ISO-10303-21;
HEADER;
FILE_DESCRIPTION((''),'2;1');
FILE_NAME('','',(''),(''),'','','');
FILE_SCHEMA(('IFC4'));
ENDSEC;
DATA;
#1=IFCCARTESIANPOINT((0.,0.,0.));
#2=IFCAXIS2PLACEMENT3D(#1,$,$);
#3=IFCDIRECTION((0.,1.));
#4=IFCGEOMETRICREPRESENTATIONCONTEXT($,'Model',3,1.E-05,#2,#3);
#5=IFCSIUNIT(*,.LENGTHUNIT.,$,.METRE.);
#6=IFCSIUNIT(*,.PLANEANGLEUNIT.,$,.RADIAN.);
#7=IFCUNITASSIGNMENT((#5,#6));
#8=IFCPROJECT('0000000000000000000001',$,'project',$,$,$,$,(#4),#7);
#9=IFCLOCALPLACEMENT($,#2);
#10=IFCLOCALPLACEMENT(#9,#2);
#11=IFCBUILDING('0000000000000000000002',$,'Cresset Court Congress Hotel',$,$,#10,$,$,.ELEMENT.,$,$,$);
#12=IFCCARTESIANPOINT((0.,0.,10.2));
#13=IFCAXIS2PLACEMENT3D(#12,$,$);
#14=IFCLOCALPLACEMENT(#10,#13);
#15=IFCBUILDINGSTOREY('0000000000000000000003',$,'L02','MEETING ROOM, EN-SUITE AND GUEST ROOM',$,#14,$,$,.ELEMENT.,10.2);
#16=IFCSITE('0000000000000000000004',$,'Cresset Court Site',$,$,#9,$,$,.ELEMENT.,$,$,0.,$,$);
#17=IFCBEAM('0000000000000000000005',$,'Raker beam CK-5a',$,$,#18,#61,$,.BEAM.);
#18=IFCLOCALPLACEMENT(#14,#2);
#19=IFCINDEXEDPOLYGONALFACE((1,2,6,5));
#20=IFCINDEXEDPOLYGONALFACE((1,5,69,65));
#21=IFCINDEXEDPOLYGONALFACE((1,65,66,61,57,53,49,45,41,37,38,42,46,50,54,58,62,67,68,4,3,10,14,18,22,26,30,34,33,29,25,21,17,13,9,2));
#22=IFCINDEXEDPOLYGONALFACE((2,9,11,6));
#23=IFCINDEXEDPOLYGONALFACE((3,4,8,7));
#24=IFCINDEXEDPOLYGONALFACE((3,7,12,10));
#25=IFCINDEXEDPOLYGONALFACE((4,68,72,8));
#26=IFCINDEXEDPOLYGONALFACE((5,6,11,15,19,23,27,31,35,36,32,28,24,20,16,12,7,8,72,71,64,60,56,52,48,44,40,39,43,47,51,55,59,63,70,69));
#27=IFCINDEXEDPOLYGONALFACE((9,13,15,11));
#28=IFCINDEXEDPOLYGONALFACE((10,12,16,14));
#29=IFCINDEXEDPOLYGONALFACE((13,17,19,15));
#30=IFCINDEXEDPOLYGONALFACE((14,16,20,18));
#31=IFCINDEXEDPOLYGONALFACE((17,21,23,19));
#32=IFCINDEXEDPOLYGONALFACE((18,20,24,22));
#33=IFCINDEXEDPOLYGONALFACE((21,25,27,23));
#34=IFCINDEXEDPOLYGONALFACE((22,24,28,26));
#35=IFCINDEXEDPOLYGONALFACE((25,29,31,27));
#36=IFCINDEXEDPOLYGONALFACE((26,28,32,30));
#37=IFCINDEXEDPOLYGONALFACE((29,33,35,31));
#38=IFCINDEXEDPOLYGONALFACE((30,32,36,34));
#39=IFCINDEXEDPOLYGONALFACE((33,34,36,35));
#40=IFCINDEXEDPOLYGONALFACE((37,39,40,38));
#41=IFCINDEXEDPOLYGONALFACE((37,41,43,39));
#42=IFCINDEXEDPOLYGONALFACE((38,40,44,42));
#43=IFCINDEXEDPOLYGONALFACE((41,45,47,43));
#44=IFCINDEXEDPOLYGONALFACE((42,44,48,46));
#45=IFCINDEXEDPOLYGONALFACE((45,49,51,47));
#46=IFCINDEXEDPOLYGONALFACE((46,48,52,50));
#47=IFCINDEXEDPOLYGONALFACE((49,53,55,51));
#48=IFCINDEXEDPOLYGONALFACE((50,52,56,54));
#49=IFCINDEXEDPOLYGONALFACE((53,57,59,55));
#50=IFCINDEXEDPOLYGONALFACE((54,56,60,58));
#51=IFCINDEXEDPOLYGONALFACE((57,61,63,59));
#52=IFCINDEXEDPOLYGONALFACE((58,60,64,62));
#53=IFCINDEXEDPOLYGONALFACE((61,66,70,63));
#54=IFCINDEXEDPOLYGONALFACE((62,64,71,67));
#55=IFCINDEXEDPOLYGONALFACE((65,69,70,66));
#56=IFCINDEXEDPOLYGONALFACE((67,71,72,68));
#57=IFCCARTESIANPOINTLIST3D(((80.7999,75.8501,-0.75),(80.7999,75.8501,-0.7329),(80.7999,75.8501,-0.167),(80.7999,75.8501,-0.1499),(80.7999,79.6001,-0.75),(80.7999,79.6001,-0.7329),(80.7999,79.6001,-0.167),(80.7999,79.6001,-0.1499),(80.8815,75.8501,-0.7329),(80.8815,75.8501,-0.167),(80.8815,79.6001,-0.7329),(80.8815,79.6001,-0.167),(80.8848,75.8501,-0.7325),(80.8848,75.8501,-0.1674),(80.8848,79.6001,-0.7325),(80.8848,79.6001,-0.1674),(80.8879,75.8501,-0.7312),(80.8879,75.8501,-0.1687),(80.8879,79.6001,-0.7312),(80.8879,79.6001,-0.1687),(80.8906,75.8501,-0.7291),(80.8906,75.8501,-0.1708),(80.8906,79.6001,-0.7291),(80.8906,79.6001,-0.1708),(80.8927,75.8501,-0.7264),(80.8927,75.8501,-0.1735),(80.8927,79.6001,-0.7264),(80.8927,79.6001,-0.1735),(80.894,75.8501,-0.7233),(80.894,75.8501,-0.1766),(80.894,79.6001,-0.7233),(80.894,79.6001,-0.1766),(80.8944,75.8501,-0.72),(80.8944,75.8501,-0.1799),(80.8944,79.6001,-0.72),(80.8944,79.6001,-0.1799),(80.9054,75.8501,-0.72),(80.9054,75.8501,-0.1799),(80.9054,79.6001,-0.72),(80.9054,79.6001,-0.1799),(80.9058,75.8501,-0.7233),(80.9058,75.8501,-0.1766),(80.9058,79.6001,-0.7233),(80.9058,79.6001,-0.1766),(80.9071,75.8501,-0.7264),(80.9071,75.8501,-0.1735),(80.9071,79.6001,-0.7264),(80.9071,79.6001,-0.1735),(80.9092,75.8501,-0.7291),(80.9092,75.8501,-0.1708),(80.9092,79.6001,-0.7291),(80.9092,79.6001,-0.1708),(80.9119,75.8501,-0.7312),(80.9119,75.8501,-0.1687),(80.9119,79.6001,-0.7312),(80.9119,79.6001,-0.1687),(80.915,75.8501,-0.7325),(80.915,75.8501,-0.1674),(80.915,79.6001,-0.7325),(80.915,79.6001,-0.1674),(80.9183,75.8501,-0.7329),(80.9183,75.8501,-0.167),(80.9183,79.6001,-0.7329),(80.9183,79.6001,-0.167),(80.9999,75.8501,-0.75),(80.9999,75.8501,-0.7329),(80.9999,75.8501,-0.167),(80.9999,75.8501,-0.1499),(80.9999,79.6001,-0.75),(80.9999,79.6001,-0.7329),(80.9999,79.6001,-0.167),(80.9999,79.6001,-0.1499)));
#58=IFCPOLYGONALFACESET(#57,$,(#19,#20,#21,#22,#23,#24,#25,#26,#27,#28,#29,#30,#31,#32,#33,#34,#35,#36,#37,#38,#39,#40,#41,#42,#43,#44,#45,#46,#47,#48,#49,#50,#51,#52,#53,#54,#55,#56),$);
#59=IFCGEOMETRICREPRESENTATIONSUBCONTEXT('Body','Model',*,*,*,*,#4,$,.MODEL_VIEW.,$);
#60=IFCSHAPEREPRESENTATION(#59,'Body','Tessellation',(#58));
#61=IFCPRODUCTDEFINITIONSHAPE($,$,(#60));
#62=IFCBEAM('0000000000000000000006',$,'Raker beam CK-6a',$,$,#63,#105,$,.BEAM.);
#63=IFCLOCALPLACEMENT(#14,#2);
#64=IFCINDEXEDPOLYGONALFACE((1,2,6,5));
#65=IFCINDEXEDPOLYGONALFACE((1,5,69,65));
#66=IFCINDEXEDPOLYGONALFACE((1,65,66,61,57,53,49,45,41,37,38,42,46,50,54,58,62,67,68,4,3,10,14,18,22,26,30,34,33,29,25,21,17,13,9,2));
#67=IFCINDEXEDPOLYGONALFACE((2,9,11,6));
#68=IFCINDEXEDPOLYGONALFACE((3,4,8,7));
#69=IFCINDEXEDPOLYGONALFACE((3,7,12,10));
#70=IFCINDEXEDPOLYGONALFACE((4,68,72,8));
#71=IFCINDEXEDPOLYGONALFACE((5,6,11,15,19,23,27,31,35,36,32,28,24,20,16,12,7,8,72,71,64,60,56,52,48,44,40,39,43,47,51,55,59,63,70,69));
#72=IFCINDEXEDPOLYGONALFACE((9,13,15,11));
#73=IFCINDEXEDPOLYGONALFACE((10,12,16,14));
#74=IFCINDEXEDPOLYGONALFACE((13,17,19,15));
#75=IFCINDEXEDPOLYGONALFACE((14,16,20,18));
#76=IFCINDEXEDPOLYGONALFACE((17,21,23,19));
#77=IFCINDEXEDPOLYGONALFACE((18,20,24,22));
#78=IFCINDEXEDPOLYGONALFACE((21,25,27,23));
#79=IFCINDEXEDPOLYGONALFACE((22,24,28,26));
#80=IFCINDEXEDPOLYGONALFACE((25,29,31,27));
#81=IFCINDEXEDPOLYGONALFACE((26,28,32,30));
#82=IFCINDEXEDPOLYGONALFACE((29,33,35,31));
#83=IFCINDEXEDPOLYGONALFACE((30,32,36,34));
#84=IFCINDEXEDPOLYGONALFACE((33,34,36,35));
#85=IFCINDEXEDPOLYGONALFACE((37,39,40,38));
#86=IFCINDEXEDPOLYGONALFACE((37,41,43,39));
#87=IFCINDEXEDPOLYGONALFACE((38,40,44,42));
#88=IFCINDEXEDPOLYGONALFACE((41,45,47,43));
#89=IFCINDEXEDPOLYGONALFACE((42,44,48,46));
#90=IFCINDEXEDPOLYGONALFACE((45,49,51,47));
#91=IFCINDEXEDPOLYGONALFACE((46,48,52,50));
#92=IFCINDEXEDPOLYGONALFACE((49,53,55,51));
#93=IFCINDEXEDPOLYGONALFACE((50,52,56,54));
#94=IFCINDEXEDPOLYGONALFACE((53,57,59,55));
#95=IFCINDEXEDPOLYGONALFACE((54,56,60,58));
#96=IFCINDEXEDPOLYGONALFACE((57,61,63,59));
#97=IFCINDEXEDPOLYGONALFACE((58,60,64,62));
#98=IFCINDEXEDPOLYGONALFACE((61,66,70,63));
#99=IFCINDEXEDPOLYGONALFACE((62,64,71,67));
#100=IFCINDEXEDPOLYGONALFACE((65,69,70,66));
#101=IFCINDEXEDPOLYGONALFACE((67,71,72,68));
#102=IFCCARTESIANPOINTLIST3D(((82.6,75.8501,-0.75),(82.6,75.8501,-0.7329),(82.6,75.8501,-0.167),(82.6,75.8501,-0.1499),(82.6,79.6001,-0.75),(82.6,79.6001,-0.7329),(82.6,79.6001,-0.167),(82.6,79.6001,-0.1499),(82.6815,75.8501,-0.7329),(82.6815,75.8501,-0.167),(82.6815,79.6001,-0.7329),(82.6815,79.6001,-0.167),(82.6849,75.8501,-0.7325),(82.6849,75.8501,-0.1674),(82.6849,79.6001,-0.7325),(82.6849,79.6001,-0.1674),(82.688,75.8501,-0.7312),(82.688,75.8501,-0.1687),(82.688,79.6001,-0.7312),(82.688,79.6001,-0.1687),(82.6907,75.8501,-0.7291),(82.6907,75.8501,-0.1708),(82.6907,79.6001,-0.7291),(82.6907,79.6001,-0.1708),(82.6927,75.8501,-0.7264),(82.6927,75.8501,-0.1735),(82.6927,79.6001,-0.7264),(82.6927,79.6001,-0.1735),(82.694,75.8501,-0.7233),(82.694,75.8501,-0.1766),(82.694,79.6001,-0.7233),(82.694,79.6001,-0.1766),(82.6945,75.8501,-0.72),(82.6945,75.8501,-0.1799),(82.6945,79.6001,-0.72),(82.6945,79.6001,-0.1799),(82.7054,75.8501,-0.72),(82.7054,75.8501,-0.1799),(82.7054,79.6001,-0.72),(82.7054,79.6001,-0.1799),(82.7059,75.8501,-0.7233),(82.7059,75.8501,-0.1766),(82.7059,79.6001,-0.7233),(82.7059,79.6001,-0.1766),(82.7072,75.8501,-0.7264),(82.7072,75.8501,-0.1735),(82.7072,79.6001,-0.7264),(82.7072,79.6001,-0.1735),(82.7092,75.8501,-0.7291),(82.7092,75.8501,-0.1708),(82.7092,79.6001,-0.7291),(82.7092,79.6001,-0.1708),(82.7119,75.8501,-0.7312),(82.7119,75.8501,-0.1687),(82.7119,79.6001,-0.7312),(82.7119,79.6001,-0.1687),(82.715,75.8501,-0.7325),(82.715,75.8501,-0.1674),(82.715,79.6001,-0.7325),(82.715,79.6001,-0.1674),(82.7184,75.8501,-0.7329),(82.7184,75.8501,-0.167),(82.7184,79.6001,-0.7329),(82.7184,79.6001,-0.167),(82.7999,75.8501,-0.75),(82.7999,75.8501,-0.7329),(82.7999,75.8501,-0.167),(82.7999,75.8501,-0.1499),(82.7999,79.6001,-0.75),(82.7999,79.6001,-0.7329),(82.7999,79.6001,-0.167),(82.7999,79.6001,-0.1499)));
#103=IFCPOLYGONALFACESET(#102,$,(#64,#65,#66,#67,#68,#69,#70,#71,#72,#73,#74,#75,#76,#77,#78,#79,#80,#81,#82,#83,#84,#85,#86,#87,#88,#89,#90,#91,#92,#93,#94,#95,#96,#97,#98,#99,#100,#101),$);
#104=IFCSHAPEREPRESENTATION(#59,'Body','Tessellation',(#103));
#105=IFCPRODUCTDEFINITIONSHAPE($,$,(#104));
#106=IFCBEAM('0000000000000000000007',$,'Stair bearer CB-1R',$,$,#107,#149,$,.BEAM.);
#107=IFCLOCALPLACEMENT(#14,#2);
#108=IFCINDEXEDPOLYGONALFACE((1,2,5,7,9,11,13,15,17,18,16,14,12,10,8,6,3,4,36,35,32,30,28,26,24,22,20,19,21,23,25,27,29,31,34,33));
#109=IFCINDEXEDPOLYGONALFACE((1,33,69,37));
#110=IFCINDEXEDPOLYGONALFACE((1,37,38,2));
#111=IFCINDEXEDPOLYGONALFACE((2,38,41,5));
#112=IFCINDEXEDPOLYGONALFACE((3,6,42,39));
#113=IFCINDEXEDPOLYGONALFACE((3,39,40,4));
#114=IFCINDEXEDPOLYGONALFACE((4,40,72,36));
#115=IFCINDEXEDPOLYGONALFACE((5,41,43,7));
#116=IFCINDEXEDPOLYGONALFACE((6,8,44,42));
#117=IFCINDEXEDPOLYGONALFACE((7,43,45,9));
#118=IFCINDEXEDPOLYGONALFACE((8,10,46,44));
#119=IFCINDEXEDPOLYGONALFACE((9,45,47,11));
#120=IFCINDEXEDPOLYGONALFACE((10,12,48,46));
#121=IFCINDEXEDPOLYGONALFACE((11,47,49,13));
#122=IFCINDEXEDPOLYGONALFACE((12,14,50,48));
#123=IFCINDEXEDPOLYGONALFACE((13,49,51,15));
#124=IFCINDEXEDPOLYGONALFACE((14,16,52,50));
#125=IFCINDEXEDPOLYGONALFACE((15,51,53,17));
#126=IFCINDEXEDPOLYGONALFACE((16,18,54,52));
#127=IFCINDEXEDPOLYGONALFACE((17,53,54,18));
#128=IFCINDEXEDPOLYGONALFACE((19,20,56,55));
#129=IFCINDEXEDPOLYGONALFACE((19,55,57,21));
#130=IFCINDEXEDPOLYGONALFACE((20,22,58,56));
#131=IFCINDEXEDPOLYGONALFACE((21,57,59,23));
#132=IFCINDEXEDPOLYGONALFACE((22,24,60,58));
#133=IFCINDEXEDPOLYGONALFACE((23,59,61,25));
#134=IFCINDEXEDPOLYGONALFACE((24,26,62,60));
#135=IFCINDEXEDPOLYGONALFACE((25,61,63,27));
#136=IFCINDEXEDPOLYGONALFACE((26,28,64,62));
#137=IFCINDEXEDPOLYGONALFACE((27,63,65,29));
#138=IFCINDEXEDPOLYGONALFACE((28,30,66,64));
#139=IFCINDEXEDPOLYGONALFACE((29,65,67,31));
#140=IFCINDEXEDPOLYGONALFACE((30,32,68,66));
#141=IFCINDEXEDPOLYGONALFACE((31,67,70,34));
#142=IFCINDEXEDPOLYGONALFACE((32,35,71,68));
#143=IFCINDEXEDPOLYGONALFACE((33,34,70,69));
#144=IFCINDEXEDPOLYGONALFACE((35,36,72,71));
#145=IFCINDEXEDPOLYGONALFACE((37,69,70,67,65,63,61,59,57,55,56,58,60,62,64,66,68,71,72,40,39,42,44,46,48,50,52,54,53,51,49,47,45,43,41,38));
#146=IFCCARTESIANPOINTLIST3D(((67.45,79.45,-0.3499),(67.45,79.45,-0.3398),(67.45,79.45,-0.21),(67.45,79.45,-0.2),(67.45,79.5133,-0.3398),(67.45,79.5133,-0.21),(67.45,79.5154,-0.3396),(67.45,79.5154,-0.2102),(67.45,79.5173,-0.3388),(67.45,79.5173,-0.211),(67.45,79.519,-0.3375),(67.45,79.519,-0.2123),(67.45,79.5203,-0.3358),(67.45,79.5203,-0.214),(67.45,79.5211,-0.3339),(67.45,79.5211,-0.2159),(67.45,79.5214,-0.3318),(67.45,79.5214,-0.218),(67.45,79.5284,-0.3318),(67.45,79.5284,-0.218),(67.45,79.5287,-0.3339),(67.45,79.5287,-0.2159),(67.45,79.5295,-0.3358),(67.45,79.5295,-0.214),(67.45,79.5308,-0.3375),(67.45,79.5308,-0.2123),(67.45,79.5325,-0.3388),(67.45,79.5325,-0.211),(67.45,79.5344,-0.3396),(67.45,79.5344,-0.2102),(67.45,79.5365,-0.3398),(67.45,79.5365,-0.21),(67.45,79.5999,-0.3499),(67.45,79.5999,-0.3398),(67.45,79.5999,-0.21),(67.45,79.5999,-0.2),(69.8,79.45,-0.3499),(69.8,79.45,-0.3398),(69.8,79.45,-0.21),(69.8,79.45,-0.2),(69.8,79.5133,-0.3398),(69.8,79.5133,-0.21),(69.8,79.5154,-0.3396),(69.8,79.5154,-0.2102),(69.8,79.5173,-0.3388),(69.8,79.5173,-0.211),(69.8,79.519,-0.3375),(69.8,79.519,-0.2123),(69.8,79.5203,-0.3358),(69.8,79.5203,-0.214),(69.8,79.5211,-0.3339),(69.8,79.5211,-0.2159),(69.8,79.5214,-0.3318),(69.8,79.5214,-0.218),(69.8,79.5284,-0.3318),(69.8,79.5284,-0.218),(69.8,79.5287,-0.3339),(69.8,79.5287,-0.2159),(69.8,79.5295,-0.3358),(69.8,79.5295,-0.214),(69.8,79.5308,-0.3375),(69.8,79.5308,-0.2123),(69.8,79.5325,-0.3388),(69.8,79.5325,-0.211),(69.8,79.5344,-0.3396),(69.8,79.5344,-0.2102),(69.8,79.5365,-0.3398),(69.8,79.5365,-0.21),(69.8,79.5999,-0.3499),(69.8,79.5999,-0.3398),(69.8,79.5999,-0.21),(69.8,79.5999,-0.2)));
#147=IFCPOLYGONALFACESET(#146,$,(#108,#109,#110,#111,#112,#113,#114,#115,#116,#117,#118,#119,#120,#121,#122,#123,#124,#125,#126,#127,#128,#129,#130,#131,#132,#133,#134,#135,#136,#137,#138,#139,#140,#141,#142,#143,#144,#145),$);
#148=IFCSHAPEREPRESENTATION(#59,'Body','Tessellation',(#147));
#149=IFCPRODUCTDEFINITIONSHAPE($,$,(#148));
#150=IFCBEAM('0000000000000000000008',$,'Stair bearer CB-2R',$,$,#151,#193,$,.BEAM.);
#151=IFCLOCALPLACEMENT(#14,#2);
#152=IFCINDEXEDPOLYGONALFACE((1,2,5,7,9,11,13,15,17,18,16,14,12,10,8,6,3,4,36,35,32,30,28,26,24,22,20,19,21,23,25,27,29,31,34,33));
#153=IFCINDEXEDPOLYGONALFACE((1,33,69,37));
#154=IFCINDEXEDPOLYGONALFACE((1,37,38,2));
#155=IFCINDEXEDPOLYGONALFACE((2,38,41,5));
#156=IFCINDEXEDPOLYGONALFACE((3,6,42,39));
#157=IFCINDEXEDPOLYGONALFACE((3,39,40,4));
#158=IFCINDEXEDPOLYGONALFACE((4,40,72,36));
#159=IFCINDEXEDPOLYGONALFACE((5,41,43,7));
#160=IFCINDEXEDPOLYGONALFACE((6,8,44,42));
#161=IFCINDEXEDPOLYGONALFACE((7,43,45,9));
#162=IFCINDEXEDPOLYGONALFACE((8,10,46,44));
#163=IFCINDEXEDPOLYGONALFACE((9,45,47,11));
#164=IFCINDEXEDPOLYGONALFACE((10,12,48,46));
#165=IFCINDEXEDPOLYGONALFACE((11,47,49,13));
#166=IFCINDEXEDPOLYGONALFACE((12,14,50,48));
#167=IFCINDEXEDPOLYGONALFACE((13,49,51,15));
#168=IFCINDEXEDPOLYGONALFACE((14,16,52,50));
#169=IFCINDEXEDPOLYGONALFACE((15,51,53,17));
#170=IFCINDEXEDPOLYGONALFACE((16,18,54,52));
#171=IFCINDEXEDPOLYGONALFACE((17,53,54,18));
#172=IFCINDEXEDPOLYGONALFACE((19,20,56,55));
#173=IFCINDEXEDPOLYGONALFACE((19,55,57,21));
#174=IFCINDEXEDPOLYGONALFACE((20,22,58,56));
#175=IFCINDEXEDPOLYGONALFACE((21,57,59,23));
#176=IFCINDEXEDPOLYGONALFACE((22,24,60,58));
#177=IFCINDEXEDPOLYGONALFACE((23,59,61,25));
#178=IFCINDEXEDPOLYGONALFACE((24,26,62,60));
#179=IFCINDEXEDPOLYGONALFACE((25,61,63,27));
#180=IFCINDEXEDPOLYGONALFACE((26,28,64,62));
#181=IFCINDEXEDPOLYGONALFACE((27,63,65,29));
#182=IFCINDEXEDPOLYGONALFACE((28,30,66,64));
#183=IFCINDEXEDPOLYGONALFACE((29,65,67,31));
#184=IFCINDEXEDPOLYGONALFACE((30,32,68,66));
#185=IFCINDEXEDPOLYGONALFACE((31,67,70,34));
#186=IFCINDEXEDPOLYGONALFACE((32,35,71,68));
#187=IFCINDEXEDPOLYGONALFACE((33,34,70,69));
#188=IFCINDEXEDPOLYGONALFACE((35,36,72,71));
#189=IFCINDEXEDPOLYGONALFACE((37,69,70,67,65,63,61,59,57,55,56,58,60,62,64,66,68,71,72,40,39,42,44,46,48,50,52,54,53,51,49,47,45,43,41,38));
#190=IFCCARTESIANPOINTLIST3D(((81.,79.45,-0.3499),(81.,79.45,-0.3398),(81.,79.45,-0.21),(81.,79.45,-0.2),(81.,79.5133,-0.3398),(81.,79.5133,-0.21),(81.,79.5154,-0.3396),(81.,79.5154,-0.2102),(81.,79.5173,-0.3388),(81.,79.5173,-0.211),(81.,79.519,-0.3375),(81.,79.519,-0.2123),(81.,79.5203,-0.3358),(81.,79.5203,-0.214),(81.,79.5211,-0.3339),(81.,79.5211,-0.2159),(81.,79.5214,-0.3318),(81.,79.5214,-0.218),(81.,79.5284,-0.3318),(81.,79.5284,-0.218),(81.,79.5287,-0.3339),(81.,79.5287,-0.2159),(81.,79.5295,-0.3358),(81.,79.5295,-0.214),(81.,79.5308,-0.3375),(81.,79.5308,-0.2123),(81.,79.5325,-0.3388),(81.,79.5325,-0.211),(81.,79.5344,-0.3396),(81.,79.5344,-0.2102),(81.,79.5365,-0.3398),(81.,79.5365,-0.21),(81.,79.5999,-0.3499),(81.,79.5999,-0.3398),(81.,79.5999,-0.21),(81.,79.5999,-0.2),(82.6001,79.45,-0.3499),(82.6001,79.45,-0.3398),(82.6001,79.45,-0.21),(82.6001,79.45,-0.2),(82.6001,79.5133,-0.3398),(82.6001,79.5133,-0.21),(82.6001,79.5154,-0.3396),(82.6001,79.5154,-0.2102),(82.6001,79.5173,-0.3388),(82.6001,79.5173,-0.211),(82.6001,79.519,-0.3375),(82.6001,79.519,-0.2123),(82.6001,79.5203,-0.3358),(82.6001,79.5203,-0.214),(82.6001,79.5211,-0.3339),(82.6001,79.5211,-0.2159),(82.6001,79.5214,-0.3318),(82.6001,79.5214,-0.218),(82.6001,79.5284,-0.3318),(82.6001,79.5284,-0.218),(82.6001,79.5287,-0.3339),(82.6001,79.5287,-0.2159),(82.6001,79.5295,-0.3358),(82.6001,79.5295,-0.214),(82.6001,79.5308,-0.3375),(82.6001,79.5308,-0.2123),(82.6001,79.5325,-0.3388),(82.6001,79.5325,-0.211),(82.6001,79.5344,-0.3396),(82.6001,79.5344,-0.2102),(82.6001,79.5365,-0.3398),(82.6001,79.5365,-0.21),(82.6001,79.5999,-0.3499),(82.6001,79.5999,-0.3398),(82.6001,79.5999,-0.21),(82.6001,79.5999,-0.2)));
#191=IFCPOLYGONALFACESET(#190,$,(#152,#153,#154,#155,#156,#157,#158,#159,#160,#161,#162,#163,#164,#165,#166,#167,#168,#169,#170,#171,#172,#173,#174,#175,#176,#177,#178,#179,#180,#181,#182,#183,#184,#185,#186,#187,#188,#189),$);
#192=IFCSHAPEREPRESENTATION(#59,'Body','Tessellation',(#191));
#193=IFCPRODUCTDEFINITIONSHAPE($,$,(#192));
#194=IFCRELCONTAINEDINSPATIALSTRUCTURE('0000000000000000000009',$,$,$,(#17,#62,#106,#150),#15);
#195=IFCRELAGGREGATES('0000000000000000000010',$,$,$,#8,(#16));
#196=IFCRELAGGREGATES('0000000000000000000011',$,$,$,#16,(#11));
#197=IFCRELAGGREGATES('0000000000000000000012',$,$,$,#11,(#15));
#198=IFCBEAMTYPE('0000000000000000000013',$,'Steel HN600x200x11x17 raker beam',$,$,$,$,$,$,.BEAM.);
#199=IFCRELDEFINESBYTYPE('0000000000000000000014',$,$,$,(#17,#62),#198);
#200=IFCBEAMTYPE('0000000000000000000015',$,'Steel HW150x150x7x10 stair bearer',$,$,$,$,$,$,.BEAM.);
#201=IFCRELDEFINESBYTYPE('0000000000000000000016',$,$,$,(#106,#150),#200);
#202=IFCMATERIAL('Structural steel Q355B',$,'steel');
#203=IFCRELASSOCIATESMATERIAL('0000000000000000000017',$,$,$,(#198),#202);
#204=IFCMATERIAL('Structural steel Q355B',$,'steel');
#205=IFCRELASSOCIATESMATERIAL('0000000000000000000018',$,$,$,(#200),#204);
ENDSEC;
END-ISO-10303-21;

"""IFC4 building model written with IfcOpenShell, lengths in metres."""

from ifc_helpers import new_model, si_unit, direction, frame, origin, origin_2d, place, context, subcontext, project, spatial, i_section, extrude, material, material_profile, profile_set, type_object, element, save


model = new_model("IFC4")

# Units and contexts
model_context = context("Model", 3, precision=1e-05, world=origin(), true_north=direction((0.0, 1.0)))
body_context = subcontext(model_context, "Body", "Model", "MODEL_VIEW")
ifc_project = project(units=[si_unit("LENGTHUNIT", "METRE"), si_unit("PLANEANGLEUNIT", "RADIAN")], contexts=[model_context])

# Site, building, storey
site_placement = place(None, origin())
site = spatial("IfcSite", under=ifc_project, at=site_placement, Name="Cresset Court Site", CompositionType="ELEMENT", RefElevation=0.0)
building_placement = place(site_placement, origin())
building = spatial("IfcBuilding", under=site, at=building_placement, Name="Cresset Court Congress Hotel", CompositionType="ELEMENT")
storey_placement = place(building_placement, frame((0.0, 0.0, 10.2)))
storey = spatial("IfcBuildingStorey", under=building, at=storey_placement, Name="L02", Description="MEETING ROOM, EN-SUITE AND GUEST ROOM", CompositionType="ELEMENT", Elevation=10.2)

# Beams
ifc_material_1 = material(Name="Structural steel Q355B", Category="steel")
ifc_material_profile_1 = material_profile(ifc_material_1, i_section(OverallWidth=0.2, OverallDepth=0.6001, WebThickness=0.011, FlangeThickness=0.0171, FilletRadius=0.0129, at=origin_2d()), Name="HN600x200x11x17")
ifc_profile_set_1 = profile_set([ifc_material_profile_1], Name="Structural steel Q355B")
beam_type_1 = type_object("IfcBeamType", Name="Steel HN600x200x11x17 raker beam", PredefinedType="BEAM", material=ifc_profile_set_1)
for number, where, z_axis, x_axis, name in (
    (1, (80.8999, 75.8501, -0.45), (0.0, 1.0, 0.0), (-1.0, 0.0, 0.0), "Raker beam CK-5a"),
    (2, (82.7, 75.8501, -0.45), (0.0, 1.0, 0.0), (-1.0, 0.0, 0.0), "Raker beam CK-6a"),
):
    element("IfcBeam", number, at=place(storey_placement, frame(where, z_axis=z_axis, x_axis=x_axis)), inside=storey, type_object=beam_type_1, Name=name, PredefinedType="BEAM", context=body_context, shape_type="SweptSolid", body=[
        extrude(i_section(OverallWidth=0.2, OverallDepth=0.6001, WebThickness=0.011, FlangeThickness=0.0171, FilletRadius=0.0129, at=origin_2d()), origin(), (0.0, 0.0, 1.0), 3.75),
    ])
ifc_material_2 = material(Name="Structural steel Q355B", Category="steel")
ifc_material_profile_2 = material_profile(ifc_material_2, i_section(OverallWidth=0.1499, OverallDepth=0.1499, WebThickness=0.0071, FlangeThickness=0.01, FilletRadius=0.0081, at=origin_2d()), Name="HW150x150x7x10")
ifc_profile_set_2 = profile_set([ifc_material_profile_2], Name="Structural steel Q355B")
beam_type_2 = type_object("IfcBeamType", Name="Steel HW150x150x7x10 stair bearer", PredefinedType="BEAM", material=ifc_profile_set_2)
beam_1_placement = place(storey_placement, frame((67.45, 79.5249, -0.2749), z_axis=(1.0, 0.0, 0.0), x_axis=(0.0, 1.0, 0.0)))
element("IfcBeam", 3, at=beam_1_placement, inside=storey, type_object=beam_type_2, Name="Stair bearer CB-1R", PredefinedType="BEAM", context=body_context, shape_type="SweptSolid", body=[
    extrude(i_section(OverallWidth=0.1499, OverallDepth=0.1499, WebThickness=0.0071, FlangeThickness=0.01, FilletRadius=0.0081, at=origin_2d()), origin(), (0.0, 0.0, 1.0), 2.3501),
])
beam_2_placement = place(storey_placement, frame((81.0, 79.5249, -0.2749), z_axis=(1.0, 0.0, 0.0), x_axis=(0.0, 1.0, 0.0)))
element("IfcBeam", 4, at=beam_2_placement, inside=storey, type_object=beam_type_2, Name="Stair bearer CB-2R", PredefinedType="BEAM", context=body_context, shape_type="SweptSolid", body=[
    extrude(i_section(OverallWidth=0.1499, OverallDepth=0.1499, WebThickness=0.0071, FlangeThickness=0.01, FilletRadius=0.0081, at=origin_2d()), origin(), (0.0, 0.0, 1.0), 1.6001),
])

save(model, "model.ifc")
